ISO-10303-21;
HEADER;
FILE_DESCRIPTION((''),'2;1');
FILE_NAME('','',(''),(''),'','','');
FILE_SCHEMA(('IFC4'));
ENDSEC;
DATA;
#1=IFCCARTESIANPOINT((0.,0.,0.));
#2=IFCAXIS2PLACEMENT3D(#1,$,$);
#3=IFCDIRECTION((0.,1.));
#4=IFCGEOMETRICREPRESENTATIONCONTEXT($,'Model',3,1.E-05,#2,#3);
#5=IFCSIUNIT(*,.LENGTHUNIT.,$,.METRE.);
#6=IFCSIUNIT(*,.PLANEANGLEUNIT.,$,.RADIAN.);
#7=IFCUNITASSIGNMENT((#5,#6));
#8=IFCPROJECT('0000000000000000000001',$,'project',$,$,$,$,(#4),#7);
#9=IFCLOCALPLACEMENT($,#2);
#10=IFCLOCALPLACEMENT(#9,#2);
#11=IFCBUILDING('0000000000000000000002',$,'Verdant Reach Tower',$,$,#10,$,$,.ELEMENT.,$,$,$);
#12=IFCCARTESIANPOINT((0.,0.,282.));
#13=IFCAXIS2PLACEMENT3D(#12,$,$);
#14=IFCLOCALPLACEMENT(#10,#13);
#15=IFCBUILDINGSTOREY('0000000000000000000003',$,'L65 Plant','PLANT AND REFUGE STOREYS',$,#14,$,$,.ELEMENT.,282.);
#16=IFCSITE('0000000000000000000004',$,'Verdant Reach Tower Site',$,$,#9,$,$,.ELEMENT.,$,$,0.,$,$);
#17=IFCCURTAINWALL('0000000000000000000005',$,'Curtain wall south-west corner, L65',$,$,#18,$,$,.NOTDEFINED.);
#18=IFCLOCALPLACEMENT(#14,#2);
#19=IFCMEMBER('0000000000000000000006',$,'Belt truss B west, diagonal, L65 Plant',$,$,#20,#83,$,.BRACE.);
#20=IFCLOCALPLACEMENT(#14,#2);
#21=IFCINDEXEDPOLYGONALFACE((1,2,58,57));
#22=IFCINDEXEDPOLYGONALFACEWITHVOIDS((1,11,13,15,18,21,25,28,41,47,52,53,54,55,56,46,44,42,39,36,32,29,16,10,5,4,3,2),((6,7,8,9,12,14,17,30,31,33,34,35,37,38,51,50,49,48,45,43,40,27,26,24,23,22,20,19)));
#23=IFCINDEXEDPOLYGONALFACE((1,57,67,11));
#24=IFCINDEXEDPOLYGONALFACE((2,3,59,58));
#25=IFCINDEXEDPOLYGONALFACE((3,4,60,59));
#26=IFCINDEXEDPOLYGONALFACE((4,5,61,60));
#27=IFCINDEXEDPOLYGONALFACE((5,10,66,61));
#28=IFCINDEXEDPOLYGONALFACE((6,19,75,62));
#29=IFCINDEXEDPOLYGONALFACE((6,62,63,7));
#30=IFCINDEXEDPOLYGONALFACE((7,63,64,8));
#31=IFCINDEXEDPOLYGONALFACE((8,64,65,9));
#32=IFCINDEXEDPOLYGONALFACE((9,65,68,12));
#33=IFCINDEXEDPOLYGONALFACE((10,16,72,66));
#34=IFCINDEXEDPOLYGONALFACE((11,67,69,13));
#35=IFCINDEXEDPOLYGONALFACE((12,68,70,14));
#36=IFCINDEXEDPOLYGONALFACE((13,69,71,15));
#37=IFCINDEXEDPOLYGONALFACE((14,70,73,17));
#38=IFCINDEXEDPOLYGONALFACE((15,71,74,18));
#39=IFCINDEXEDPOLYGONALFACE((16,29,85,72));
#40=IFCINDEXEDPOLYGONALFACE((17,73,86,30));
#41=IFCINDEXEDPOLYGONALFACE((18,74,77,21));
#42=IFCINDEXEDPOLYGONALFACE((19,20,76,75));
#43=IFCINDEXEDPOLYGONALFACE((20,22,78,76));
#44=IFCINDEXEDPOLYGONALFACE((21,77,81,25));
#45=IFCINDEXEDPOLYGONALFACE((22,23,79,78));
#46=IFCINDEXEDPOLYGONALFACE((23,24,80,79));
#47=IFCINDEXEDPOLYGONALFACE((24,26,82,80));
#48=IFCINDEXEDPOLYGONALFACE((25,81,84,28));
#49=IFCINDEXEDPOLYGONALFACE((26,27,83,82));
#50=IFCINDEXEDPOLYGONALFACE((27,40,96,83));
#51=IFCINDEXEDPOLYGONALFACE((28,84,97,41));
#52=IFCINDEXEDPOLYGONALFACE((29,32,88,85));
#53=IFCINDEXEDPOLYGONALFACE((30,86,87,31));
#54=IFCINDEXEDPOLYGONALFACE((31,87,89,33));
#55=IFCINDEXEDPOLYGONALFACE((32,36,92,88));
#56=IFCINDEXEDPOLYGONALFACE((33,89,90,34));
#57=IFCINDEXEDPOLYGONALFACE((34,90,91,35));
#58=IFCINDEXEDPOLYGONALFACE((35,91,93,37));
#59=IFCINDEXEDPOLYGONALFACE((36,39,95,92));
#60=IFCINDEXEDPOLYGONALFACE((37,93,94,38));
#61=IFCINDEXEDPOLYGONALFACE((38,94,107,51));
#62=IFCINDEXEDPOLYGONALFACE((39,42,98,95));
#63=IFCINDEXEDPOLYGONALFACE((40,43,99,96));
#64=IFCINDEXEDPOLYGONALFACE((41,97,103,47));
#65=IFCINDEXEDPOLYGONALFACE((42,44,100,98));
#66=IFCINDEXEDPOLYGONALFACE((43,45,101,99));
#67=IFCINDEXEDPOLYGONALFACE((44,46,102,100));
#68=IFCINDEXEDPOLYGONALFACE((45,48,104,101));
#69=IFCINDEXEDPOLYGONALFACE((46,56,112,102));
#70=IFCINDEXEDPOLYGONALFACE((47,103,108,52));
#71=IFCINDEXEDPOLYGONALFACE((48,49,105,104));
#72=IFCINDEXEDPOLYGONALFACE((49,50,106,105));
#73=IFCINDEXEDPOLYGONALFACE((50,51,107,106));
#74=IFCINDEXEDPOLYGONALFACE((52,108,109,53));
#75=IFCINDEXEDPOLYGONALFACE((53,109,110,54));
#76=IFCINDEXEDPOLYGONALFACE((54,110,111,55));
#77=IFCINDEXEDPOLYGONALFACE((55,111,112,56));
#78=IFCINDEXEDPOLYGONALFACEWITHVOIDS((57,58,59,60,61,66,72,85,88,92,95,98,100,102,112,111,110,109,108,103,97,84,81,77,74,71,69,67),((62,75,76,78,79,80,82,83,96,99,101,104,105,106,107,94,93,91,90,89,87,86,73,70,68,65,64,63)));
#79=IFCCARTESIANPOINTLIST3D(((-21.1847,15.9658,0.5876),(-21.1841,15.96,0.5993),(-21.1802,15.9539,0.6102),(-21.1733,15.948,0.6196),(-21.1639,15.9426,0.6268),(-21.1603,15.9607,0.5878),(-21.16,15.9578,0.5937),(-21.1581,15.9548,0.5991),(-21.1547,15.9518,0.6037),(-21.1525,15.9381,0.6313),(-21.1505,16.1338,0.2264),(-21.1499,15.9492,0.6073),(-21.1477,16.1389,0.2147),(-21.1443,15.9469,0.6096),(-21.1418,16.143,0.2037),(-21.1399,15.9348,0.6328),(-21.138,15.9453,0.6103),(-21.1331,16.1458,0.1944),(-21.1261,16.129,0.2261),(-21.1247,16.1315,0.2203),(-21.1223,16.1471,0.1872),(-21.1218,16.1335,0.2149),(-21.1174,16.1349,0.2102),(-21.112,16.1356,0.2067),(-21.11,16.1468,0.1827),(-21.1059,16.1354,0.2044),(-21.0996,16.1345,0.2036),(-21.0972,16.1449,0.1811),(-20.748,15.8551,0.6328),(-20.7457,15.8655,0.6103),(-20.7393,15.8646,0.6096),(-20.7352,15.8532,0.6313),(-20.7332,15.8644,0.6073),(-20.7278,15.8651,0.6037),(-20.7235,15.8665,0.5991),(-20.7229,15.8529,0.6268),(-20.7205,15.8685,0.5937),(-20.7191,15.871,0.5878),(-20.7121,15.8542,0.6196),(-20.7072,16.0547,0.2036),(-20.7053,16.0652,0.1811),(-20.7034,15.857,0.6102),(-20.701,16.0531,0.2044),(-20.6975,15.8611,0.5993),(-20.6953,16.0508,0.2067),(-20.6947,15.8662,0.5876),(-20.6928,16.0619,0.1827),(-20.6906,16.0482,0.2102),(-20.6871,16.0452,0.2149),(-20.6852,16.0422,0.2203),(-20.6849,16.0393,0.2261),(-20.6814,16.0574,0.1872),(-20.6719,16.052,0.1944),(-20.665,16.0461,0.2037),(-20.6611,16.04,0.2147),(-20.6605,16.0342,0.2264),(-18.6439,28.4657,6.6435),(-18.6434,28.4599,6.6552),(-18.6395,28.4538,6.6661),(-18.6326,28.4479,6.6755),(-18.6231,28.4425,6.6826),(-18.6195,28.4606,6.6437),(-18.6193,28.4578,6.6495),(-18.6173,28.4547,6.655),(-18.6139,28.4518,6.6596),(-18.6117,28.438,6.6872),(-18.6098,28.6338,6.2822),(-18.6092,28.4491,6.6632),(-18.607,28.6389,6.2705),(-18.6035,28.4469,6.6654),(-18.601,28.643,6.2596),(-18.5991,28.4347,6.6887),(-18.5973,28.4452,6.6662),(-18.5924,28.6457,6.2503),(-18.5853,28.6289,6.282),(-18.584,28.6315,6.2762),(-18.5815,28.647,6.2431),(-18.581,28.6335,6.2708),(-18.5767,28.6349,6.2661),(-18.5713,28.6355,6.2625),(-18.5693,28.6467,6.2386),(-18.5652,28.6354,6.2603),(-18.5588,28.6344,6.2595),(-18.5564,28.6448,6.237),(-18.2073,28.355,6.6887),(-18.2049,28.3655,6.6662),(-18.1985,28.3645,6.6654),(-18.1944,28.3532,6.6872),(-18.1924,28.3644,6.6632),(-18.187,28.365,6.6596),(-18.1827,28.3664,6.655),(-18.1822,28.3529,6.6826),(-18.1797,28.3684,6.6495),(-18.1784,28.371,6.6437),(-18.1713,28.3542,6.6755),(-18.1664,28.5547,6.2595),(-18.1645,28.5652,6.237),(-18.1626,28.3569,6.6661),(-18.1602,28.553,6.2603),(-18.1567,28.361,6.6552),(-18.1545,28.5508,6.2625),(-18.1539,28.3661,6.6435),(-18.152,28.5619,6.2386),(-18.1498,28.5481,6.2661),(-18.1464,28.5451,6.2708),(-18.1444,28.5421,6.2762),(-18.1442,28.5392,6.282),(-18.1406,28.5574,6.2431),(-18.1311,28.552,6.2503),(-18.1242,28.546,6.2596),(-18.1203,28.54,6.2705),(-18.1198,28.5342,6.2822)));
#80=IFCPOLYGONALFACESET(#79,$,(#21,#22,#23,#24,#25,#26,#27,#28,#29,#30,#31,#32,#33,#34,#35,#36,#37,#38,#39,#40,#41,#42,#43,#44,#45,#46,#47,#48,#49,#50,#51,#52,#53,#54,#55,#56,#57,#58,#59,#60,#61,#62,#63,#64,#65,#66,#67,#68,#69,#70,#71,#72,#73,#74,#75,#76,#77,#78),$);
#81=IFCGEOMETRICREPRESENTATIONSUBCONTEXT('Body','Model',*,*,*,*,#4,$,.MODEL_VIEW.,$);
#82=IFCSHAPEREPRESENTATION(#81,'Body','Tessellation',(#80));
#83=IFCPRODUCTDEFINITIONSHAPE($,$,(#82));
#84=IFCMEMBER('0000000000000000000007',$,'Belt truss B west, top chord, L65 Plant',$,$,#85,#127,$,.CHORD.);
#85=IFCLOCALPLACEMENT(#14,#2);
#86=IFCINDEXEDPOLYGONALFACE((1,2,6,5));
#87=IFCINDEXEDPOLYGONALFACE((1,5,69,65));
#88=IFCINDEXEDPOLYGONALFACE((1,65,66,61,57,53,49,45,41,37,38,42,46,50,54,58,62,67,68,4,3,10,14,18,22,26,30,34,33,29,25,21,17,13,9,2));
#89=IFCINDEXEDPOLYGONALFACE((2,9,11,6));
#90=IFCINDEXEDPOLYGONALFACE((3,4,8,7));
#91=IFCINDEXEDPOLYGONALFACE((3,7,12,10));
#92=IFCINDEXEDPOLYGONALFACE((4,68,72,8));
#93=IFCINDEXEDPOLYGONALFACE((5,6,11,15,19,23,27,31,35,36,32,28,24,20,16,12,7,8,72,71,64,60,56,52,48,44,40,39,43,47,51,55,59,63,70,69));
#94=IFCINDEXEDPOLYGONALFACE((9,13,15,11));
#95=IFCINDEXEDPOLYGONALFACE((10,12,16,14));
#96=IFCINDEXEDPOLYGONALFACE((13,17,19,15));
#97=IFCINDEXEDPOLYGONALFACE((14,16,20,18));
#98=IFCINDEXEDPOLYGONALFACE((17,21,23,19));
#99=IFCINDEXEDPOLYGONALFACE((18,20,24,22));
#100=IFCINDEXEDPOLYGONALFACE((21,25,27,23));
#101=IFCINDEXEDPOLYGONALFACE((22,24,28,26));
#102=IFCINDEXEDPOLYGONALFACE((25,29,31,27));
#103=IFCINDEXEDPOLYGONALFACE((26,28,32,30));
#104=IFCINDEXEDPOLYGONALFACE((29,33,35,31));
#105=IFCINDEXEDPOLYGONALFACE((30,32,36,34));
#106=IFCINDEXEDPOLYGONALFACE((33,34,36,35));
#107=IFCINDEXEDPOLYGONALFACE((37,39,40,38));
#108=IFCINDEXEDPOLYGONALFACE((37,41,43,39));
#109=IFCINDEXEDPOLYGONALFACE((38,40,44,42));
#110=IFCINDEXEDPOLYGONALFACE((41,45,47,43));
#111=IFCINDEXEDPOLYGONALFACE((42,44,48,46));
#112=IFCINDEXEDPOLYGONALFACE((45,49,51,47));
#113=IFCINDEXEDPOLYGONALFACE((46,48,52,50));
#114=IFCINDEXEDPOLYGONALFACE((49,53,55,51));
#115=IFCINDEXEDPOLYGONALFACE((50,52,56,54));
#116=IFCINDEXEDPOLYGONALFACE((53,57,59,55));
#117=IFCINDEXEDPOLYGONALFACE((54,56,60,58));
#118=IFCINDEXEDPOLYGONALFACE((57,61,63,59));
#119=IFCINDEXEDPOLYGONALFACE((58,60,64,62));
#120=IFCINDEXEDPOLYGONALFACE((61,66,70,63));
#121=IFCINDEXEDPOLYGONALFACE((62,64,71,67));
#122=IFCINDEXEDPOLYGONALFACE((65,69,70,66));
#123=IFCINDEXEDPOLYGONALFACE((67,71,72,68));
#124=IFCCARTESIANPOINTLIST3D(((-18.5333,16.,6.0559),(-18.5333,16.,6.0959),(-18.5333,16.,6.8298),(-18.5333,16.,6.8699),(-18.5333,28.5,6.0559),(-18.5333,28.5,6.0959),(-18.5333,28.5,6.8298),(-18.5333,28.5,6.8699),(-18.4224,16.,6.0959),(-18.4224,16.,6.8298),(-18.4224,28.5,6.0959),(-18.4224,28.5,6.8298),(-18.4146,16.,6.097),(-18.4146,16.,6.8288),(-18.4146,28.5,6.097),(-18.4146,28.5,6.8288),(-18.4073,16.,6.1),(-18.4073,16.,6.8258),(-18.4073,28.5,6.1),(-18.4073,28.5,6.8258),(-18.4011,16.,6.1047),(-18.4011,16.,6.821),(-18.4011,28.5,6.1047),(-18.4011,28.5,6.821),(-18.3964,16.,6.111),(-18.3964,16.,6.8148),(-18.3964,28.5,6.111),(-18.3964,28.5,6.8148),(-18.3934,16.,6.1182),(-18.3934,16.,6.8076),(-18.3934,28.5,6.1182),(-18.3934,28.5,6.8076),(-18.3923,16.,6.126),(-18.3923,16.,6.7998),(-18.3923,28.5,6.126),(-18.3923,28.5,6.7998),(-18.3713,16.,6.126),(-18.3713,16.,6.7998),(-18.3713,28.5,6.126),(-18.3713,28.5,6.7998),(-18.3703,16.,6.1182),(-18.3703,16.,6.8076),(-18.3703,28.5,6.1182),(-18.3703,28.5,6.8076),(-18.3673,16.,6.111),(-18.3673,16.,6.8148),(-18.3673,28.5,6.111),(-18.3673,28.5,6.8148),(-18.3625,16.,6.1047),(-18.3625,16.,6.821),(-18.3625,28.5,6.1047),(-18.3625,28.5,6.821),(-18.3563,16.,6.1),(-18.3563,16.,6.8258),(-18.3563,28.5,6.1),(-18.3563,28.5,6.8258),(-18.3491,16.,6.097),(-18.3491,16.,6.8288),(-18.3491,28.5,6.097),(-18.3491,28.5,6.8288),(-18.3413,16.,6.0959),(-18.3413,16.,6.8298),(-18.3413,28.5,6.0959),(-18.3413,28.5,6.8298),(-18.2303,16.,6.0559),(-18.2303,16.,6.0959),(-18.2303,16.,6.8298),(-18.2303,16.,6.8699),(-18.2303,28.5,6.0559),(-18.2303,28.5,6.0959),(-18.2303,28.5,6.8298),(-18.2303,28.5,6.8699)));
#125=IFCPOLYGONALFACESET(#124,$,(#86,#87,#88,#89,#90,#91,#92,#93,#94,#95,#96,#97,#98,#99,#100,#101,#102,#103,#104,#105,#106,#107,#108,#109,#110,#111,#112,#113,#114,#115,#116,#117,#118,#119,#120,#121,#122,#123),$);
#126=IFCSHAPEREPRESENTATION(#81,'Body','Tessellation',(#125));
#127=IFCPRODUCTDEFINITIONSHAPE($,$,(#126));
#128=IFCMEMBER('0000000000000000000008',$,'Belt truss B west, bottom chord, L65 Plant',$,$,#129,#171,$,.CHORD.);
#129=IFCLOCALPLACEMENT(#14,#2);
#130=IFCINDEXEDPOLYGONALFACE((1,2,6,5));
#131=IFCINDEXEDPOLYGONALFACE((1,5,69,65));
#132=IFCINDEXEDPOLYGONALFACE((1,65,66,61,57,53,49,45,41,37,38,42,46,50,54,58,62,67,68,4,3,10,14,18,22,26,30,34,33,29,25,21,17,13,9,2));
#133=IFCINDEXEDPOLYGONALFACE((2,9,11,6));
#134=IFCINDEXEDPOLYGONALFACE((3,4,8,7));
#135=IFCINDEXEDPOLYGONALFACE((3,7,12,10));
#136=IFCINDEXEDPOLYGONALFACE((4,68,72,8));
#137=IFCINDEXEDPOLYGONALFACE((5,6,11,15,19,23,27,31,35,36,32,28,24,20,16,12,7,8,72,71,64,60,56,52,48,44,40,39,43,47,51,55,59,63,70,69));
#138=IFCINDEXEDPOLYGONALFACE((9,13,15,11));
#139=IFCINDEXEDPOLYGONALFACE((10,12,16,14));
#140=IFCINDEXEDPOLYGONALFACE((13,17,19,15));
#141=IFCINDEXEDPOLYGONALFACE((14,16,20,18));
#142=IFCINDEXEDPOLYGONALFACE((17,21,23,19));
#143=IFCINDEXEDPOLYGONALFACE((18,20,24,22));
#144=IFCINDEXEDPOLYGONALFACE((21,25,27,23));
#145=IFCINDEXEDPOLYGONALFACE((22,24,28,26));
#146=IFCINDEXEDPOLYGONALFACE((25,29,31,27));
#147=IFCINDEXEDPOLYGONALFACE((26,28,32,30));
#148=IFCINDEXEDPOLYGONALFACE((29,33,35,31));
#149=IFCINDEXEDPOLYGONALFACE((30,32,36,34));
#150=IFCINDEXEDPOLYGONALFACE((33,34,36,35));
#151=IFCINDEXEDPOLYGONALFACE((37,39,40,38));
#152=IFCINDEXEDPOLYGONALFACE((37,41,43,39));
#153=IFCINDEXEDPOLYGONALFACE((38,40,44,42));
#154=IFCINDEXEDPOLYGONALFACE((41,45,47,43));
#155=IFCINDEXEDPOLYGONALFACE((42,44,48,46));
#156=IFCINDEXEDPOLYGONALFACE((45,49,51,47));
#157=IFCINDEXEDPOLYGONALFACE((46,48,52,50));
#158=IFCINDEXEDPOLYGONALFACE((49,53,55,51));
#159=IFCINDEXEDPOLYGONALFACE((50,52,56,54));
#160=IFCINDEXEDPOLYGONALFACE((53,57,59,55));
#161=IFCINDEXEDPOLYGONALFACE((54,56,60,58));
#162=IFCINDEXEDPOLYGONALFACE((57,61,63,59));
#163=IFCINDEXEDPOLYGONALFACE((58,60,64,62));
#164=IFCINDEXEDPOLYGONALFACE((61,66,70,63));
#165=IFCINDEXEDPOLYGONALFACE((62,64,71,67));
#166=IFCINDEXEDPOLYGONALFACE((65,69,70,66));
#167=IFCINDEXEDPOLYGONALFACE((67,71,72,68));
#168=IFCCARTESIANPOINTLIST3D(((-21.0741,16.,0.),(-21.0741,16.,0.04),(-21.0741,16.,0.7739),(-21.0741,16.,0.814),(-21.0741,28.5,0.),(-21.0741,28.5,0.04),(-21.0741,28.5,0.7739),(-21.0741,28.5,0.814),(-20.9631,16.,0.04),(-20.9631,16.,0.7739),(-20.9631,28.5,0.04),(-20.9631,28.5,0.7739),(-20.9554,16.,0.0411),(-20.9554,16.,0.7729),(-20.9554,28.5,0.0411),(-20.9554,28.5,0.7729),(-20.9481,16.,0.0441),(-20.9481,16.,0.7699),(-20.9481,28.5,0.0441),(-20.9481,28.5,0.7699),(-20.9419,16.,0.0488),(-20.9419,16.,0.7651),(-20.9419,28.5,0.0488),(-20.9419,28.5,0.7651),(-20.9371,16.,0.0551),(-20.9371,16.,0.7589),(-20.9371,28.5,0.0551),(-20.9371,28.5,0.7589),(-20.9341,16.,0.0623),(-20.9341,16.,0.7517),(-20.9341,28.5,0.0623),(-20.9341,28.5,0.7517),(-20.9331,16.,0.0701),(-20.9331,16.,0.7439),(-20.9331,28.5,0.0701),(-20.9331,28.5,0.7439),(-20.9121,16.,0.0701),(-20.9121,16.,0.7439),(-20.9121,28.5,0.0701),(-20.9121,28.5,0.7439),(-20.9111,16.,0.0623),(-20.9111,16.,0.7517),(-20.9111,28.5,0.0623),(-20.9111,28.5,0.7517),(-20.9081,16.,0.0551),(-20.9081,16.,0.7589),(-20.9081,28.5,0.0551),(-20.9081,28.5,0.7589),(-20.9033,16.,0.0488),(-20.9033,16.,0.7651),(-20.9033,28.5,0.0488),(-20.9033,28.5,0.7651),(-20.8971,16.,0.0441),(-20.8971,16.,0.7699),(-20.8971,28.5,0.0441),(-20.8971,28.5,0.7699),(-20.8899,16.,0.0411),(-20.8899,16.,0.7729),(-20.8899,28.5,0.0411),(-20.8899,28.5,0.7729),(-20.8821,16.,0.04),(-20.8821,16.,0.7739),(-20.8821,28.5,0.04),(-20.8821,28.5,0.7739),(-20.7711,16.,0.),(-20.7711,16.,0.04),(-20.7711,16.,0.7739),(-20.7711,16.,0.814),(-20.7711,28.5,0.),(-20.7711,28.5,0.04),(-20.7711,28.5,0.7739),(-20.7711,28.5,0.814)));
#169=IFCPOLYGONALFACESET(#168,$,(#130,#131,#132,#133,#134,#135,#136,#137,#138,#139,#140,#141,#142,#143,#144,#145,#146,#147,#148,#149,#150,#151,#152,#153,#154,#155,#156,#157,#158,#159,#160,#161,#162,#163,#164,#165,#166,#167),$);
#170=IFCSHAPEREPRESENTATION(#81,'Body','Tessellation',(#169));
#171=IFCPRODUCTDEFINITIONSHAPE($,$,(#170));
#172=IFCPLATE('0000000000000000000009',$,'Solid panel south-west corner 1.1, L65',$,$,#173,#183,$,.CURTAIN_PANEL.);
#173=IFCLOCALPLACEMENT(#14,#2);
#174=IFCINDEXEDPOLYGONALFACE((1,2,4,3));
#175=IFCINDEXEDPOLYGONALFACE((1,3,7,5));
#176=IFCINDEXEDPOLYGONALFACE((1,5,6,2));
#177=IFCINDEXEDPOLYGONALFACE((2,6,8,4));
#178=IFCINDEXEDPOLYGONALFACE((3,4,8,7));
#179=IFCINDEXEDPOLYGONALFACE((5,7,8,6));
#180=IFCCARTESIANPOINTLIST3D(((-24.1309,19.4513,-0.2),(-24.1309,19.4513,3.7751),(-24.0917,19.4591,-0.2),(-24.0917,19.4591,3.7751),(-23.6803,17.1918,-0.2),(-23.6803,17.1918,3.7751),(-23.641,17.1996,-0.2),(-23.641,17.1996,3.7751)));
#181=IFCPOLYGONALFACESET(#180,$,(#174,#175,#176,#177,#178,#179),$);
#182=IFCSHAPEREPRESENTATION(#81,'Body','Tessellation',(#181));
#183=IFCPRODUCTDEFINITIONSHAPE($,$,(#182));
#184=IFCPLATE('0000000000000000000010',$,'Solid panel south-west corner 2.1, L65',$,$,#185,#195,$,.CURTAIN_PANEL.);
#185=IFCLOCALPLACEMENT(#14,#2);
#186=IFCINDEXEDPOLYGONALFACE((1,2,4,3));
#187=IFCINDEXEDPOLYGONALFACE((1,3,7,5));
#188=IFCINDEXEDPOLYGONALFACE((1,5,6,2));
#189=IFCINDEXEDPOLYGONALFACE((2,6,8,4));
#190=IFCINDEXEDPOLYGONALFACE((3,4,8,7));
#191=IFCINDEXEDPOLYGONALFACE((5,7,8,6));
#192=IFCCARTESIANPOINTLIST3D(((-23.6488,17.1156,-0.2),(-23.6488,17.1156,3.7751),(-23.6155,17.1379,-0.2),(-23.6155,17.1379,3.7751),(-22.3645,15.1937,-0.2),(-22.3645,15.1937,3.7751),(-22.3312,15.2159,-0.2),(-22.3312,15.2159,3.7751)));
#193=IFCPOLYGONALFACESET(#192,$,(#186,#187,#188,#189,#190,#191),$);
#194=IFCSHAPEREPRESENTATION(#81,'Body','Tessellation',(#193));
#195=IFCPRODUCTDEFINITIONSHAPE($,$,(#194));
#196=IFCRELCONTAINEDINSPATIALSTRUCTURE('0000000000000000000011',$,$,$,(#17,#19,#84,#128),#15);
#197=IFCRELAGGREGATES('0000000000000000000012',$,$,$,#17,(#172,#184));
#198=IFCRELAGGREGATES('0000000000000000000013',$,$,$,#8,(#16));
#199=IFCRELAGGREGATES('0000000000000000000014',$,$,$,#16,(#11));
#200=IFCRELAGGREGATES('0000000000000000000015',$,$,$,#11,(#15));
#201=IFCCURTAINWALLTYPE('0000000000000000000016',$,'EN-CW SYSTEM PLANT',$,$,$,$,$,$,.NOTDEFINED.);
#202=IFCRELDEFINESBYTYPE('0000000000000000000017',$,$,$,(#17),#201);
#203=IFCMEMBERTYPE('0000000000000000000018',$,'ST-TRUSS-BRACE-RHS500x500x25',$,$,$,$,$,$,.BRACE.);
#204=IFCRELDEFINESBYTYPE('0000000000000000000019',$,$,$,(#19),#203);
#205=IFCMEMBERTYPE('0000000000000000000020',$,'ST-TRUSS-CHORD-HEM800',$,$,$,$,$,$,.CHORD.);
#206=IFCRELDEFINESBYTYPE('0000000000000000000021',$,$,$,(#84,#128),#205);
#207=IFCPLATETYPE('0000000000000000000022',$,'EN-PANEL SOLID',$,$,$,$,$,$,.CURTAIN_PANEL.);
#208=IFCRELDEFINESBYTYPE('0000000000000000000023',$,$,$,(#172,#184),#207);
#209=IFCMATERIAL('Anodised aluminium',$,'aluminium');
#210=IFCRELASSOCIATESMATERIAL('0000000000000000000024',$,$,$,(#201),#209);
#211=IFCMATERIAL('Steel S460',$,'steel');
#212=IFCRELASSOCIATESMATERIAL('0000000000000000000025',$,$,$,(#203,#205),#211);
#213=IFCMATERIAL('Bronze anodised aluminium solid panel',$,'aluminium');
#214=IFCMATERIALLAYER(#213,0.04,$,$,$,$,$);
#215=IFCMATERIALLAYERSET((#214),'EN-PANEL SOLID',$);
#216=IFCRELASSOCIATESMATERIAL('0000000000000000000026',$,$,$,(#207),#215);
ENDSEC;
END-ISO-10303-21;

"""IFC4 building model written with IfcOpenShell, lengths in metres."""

from ifc_helpers import new_model, si_unit, direction, frame, origin, origin_2d, place, context, subcontext, project, spatial, rectangle, hollow_rectangle, i_section, extrude, material, layer, layer_set, material_profile, profile_set, type_object, element, aggregate, save


model = new_model("IFC4")

# Units and contexts
model_context = context("Model", 3, precision=1e-05, world=origin(), true_north=direction((0.0, 1.0)))
body_context = subcontext(model_context, "Body", "Model", "MODEL_VIEW")
ifc_project = project(units=[si_unit("LENGTHUNIT", "METRE"), si_unit("PLANEANGLEUNIT", "RADIAN")], contexts=[model_context])

# Site, building, storey
site_placement = place(None, origin())
site = spatial("IfcSite", under=ifc_project, at=site_placement, Name="Verdant Reach Tower Site", CompositionType="ELEMENT", RefElevation=0.0)
building_placement = place(site_placement, origin())
building = spatial("IfcBuilding", under=site, at=building_placement, Name="Verdant Reach Tower", CompositionType="ELEMENT")
storey_placement = place(building_placement, frame((0.0, 0.0, 282.0)))
storey = spatial("IfcBuildingStorey", under=building, at=storey_placement, Name="L65 Plant", Description="PLANT AND REFUGE STOREYS", CompositionType="ELEMENT", Elevation=282.0)

# Shared definitions
ifc_material_1 = material(Name="Steel S460", Category="steel")

# Curtain wall
ifc_material_2 = material(Name="Anodised aluminium", Category="aluminium")
curtain_wall_type = type_object("IfcCurtainWallType", Name="EN-CW SYSTEM PLANT", PredefinedType="NOTDEFINED", material=ifc_material_2)
curtain_wall_1_placement = place(storey_placement, origin())
curtain_wall_1 = element("IfcCurtainWall", 1, at=curtain_wall_1_placement, inside=storey, type_object=curtain_wall_type, Name="Curtain wall south-west corner, L65", PredefinedType="NOTDEFINED")

# Members
ifc_material_profile_1 = material_profile(ifc_material_1, hollow_rectangle(XDim=0.5, YDim=0.5, WallThickness=0.0249, InnerFilletRadius=0.0249, OuterFilletRadius=0.05, at=origin_2d()), Name="RHS 500x500x25")
ifc_profile_set_1 = profile_set([ifc_material_profile_1], Name="Steel S460")
member_type_1 = type_object("IfcMemberType", Name="ST-TRUSS-BRACE-RHS500x500x25", PredefinedType="BRACE", material=ifc_profile_set_1)
member_1_placement = place(storey_placement, frame((-20.9226, 16.0, 0.407), z_axis=(0.179939, 0.885258, 0.428883), x_axis=(-0.979961, 0.199189, 0.0)))
element("IfcMember", 2, at=member_1_placement, inside=storey, type_object=member_type_1, Name="Belt truss B west, diagonal, L65 Plant", PredefinedType="BRACE", context=body_context, shape_type="SweptSolid", body=[
    extrude(hollow_rectangle(XDim=0.5, YDim=0.5, WallThickness=0.0249, InnerFilletRadius=0.0249, OuterFilletRadius=0.05, at=origin_2d()), origin(), (0.0, 0.0, 1.0), 14.1201),
])
ifc_material_profile_2 = material_profile(ifc_material_1, i_section(OverallWidth=0.303, OverallDepth=0.814, WebThickness=0.021, FlangeThickness=0.04, FilletRadius=0.03, at=origin_2d()), Name="HEM 800")
ifc_profile_set_2 = profile_set([ifc_material_profile_2], Name="Steel S460")
member_type_2 = type_object("IfcMemberType", Name="ST-TRUSS-CHORD-HEM800", PredefinedType="CHORD", material=ifc_profile_set_2)
for number, where, z_axis, x_axis, name in (
    (3, (-18.3818, 16.0, 6.4629), (0.0, 1.0, 0.0), (-1.0, 0.0, 0.0), "Belt truss B west, top chord, L65 Plant"),
    (4, (-20.9226, 16.0, 0.407), (0.0, 1.0, 0.0), (-1.0, 0.0, 0.0), "Belt truss B west, bottom chord, L65 Plant"),
):
    element("IfcMember", number, at=place(storey_placement, frame(where, z_axis=z_axis, x_axis=x_axis)), inside=storey, type_object=member_type_2, Name=name, PredefinedType="CHORD", context=body_context, shape_type="SweptSolid", body=[
        extrude(i_section(OverallWidth=0.303, OverallDepth=0.814, WebThickness=0.021, FlangeThickness=0.04, FilletRadius=0.03, at=origin_2d()), origin(), (0.0, 0.0, 1.0), 12.5),
    ])

# Plates
ifc_material_3 = material(Name="Bronze anodised aluminium solid panel", Category="aluminium")
ifc_layer_1 = layer(ifc_material_3, 0.04)
ifc_layer_set_1 = layer_set([ifc_layer_1], Name="EN-PANEL SOLID")
plate_type_1 = type_object("IfcPlateType", Name="EN-PANEL SOLID", PredefinedType="CURTAIN_PANEL", material=ifc_layer_set_1)
plate_1_placement = place(storey_placement, frame((-23.886, 18.3254, -0.2), z_axis=(0.0, 0.0, 1.0), x_axis=(0.195593, -0.980685, 0.0)))
plate_1 = element("IfcPlate", 5, at=plate_1_placement, type_object=plate_type_1, Name="Solid panel south-west corner 1.1, L65", PredefinedType="CURTAIN_PANEL", context=body_context, shape_type="SweptSolid", body=[
    extrude(rectangle(XDim=2.304, YDim=0.04, at=origin_2d()), origin(), (0.0, 0.0, 1.0), 3.9751),
])
plate_2_placement = place(storey_placement, frame((-22.99, 16.1658, -0.2), z_axis=(0.0, 0.0, 1.0), x_axis=(0.555596, -0.831452, 0.0)))
plate_2 = element("IfcPlate", 6, at=plate_2_placement, type_object=plate_type_1, Name="Solid panel south-west corner 2.1, L65", PredefinedType="CURTAIN_PANEL", context=body_context, shape_type="SweptSolid", body=[
    extrude(rectangle(XDim=2.3115, YDim=0.04, at=origin_2d()), origin(), (0.0, 0.0, 1.0), 3.9751),
])

aggregate(curtain_wall_1, [plate_1, plate_2])

save(model, "model.ifc")
